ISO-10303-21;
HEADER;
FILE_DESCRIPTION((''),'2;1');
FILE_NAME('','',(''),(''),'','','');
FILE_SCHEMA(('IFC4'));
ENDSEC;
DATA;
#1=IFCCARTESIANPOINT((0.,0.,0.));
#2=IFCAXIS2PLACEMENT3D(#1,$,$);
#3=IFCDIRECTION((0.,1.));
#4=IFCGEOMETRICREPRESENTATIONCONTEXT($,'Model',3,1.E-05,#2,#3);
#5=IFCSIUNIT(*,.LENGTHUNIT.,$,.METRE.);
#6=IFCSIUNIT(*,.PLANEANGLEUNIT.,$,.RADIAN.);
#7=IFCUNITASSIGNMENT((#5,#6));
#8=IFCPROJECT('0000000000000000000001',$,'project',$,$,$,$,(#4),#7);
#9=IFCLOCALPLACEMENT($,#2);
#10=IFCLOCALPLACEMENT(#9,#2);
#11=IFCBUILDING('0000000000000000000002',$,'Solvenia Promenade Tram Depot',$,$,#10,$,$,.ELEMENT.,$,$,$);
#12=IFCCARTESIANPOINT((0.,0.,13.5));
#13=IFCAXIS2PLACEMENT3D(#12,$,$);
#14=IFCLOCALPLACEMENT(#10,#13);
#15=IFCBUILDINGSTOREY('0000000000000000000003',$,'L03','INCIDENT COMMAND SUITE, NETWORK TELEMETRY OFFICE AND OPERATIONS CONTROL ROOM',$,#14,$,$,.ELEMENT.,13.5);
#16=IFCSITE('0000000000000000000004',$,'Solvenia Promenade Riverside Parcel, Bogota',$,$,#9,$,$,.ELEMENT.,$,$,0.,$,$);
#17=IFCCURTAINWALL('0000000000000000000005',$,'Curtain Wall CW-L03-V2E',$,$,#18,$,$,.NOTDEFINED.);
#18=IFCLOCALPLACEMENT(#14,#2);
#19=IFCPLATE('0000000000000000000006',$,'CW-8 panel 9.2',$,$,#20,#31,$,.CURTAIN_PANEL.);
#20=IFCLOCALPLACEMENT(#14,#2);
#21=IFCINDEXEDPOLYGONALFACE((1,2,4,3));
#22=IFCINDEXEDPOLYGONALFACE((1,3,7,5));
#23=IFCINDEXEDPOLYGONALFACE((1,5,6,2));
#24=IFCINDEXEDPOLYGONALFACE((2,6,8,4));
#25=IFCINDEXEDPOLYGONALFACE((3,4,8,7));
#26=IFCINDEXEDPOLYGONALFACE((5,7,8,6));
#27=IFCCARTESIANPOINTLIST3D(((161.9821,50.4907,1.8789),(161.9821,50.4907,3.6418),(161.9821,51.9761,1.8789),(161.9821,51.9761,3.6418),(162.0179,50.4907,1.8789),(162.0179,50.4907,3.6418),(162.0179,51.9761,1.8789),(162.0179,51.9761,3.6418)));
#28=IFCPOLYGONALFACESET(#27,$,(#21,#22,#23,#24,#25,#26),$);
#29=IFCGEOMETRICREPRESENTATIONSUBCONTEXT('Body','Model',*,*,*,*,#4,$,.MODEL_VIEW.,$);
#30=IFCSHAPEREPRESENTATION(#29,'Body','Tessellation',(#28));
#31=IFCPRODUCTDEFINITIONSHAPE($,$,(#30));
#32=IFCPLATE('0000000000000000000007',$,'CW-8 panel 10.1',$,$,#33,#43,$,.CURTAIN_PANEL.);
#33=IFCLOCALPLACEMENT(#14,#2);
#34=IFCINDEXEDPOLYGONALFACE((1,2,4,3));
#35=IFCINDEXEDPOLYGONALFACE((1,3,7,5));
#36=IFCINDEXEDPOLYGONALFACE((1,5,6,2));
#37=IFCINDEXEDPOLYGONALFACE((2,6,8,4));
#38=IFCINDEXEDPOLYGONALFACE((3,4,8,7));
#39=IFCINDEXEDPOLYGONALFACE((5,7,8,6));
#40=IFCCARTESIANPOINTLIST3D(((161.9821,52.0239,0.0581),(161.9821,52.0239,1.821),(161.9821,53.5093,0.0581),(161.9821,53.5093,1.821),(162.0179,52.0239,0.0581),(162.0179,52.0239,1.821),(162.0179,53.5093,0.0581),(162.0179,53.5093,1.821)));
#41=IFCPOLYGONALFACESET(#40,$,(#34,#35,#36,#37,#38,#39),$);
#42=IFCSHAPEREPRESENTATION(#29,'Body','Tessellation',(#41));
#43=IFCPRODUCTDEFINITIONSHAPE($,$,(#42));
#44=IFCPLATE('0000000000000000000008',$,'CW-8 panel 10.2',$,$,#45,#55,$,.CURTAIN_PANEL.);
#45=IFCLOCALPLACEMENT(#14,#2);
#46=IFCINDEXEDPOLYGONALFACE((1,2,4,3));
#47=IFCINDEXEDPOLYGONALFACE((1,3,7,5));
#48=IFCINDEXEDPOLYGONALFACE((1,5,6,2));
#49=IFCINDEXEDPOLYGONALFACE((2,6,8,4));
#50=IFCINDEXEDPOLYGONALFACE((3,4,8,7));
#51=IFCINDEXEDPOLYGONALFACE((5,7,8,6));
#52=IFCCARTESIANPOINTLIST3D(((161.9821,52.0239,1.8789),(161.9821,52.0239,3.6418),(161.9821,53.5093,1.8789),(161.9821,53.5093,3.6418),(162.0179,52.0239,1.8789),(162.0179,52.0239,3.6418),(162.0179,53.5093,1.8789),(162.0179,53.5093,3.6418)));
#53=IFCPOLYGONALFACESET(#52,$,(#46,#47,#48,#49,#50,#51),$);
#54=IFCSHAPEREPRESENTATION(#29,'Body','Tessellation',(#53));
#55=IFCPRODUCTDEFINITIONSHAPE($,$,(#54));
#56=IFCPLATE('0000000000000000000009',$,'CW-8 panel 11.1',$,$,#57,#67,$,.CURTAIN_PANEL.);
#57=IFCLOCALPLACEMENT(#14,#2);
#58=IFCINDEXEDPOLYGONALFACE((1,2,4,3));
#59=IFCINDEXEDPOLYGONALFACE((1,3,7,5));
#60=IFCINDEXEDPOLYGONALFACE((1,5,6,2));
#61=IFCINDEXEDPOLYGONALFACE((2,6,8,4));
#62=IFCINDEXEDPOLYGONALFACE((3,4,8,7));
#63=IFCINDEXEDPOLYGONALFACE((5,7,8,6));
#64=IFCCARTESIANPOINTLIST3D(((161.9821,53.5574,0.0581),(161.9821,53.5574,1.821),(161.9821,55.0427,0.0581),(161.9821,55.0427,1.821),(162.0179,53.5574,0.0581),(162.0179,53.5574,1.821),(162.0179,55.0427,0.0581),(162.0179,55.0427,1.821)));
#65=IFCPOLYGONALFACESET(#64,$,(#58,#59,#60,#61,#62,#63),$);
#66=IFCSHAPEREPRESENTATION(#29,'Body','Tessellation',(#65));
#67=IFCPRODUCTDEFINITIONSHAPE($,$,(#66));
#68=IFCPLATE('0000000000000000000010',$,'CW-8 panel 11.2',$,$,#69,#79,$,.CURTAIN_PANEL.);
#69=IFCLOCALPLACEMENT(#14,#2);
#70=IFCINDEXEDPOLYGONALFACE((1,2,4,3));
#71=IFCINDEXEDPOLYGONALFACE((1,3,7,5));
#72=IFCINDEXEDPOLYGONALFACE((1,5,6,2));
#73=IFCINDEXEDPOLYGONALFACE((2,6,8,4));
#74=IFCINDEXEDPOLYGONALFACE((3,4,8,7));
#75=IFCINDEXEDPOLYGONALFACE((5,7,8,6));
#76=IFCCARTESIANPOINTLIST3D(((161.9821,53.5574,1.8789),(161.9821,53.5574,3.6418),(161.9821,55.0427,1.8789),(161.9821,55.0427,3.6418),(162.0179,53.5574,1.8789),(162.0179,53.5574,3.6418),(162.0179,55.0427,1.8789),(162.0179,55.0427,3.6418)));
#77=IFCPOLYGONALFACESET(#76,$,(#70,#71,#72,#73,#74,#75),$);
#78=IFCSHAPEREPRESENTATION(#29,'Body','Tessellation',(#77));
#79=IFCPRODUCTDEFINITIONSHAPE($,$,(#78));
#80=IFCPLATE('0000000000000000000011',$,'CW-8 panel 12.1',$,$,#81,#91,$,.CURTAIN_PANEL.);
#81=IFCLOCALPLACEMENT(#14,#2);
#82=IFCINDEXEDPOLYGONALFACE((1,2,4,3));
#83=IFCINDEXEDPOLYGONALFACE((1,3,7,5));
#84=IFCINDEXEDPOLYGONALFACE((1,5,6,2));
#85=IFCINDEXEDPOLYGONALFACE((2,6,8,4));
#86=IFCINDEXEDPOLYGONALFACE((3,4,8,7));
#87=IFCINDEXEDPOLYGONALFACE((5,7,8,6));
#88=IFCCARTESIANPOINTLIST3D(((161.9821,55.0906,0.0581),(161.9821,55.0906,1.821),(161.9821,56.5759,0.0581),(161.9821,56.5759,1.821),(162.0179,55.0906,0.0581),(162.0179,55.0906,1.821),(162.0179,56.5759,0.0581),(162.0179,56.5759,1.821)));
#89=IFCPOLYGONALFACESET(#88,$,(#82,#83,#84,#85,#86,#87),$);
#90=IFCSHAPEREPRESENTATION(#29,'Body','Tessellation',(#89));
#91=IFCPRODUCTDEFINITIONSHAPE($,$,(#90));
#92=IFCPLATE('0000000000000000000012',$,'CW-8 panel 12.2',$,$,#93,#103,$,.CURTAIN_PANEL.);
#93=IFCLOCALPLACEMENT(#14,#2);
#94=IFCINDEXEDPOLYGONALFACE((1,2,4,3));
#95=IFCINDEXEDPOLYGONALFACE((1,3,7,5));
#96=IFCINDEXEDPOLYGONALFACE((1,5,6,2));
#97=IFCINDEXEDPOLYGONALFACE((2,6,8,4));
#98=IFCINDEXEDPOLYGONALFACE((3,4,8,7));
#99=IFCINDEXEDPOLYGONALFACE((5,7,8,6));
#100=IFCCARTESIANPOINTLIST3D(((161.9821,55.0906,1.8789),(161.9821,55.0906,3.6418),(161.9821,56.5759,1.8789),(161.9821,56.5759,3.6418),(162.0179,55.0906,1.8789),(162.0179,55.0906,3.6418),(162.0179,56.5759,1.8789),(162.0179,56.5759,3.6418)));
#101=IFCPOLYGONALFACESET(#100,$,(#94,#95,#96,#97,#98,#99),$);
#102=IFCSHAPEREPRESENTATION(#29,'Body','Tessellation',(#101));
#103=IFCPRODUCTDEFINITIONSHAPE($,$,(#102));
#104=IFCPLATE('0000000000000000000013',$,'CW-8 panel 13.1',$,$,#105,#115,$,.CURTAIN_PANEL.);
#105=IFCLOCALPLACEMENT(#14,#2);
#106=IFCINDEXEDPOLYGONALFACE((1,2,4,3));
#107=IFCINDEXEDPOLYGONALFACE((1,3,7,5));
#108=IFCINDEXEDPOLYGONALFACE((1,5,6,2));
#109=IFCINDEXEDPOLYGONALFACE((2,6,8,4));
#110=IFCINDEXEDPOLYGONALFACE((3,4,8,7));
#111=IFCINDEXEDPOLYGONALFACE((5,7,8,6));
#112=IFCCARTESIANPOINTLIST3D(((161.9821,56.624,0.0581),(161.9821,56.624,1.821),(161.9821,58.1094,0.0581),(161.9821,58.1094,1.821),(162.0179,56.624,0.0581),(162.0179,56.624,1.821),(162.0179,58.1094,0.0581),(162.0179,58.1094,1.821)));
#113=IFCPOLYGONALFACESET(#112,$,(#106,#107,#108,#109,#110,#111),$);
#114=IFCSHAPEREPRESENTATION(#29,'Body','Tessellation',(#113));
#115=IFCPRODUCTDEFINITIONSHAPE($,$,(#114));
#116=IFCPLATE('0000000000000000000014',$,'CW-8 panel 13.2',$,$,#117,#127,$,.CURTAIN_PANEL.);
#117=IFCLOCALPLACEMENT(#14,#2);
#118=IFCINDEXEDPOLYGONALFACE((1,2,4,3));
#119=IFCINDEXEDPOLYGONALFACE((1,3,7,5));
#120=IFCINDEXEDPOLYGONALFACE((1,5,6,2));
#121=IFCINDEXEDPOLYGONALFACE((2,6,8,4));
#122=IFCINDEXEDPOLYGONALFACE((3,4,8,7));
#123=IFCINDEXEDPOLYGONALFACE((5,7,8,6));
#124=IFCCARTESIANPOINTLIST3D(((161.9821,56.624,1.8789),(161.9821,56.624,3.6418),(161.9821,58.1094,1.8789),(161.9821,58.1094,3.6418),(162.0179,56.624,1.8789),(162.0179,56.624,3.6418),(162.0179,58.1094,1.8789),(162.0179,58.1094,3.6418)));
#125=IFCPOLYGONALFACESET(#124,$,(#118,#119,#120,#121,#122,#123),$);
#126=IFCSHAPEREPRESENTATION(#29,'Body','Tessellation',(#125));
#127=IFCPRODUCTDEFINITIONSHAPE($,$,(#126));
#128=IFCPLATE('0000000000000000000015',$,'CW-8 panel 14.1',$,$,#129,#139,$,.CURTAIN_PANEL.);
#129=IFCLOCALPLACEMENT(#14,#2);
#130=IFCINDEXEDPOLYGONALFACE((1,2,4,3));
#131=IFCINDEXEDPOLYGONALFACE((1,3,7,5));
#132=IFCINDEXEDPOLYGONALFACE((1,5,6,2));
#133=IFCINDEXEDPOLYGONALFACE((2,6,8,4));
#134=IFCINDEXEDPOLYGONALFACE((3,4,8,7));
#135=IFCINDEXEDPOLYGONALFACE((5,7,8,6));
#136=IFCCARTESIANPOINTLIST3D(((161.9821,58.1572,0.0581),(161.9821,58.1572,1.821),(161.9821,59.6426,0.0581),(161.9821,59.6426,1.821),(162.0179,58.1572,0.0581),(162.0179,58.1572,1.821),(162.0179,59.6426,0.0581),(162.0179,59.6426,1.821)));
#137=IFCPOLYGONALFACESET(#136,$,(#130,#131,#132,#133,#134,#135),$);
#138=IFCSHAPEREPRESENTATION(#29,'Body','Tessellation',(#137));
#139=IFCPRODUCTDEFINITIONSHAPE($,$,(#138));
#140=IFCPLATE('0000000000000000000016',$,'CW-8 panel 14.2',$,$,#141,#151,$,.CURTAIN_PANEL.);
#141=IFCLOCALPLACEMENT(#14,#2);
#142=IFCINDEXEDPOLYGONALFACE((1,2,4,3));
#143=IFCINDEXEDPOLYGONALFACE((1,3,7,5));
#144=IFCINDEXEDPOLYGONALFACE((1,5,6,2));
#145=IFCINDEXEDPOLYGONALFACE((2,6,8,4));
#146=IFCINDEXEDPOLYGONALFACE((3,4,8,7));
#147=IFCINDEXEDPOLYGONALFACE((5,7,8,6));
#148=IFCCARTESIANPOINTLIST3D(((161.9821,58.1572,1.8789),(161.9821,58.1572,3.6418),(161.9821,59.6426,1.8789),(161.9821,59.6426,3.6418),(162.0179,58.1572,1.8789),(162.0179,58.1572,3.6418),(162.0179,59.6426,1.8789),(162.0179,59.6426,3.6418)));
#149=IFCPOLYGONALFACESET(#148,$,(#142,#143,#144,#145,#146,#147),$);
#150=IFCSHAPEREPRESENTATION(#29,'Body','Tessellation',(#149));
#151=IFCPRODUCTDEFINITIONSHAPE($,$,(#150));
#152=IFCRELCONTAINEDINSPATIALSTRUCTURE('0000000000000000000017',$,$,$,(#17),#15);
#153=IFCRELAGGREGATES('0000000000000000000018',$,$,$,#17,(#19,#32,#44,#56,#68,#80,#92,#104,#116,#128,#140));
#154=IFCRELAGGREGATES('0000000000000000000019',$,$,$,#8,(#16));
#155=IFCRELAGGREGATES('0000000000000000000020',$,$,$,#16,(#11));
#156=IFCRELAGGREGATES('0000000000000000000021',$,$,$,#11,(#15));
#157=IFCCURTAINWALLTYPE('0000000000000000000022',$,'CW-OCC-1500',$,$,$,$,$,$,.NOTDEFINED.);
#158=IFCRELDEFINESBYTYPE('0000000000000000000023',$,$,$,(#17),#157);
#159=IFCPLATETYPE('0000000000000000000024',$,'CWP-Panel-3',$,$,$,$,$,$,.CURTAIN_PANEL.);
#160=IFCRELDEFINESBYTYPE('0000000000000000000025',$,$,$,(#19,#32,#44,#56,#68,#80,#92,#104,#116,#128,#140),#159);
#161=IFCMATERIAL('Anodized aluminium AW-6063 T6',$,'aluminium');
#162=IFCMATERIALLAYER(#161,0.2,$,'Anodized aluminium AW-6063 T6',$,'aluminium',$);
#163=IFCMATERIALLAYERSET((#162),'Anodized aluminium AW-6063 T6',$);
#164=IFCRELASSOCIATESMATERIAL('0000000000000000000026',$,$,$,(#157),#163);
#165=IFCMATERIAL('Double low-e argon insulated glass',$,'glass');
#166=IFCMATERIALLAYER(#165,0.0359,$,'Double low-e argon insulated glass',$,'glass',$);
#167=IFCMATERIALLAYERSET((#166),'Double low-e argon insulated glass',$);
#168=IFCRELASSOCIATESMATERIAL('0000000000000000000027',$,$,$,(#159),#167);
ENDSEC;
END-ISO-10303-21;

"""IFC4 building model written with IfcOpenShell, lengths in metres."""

from ifc_helpers import new_model, si_unit, direction, frame, origin, origin_2d, place, context, subcontext, project, spatial, rectangle, extrude, material, layer, layer_set, type_object, element, aggregate, save


model = new_model("IFC4")

# Units and contexts
model_context = context("Model", 3, precision=1e-05, world=origin(), true_north=direction((0.0, 1.0)))
body_context = subcontext(model_context, "Body", "Model", "MODEL_VIEW")
ifc_project = project(units=[si_unit("LENGTHUNIT", "METRE"), si_unit("PLANEANGLEUNIT", "RADIAN")], contexts=[model_context])

# Site, building, storey
site_placement = place(None, origin())
site = spatial("IfcSite", under=ifc_project, at=site_placement, Name="Solvenia Promenade Riverside Parcel, Bogota", CompositionType="ELEMENT", RefElevation=0.0)
building_placement = place(site_placement, origin())
building = spatial("IfcBuilding", under=site, at=building_placement, Name="Solvenia Promenade Tram Depot", CompositionType="ELEMENT")
storey_placement = place(building_placement, frame((0.0, 0.0, 13.5)))
storey = spatial("IfcBuildingStorey", under=building, at=storey_placement, Name="L03", Description="INCIDENT COMMAND SUITE, NETWORK TELEMETRY OFFICE AND OPERATIONS CONTROL ROOM", CompositionType="ELEMENT", Elevation=13.5)

# Curtain wall
ifc_material_1 = material(Name="Anodized aluminium AW-6063 T6", Category="aluminium")
ifc_layer_1 = layer(ifc_material_1, 0.2, Name="Anodized aluminium AW-6063 T6", Category="aluminium")
ifc_layer_set_1 = layer_set([ifc_layer_1], Name="Anodized aluminium AW-6063 T6")
curtain_wall_type = type_object("IfcCurtainWallType", Name="CW-OCC-1500", PredefinedType="NOTDEFINED", material=ifc_layer_set_1)
curtain_wall_placement = place(storey_placement, origin())
curtain_wall = element("IfcCurtainWall", 1, at=curtain_wall_placement, inside=storey, type_object=curtain_wall_type, Name="Curtain Wall CW-L03-V2E", PredefinedType="NOTDEFINED")

# Plates
ifc_material_2 = material(Name="Double low-e argon insulated glass", Category="glass")
ifc_layer_2 = layer(ifc_material_2, 0.0359, Name="Double low-e argon insulated glass", Category="glass")
ifc_layer_set_2 = layer_set([ifc_layer_2], Name="Double low-e argon insulated glass")
plate_type = type_object("IfcPlateType", Name="CWP-Panel-3", PredefinedType="CURTAIN_PANEL", material=ifc_layer_set_2)
plate_1_placement = place(storey_placement, frame((162.0, 51.2334, 1.8789), z_axis=(0.0, 0.0, 1.0), x_axis=(0.0, 1.0, 0.0)))
plate_1 = element("IfcPlate", 2, at=plate_1_placement, type_object=plate_type, Name="CW-8 panel 9.2", PredefinedType="CURTAIN_PANEL", context=body_context, shape_type="SweptSolid", body=[
    extrude(rectangle(XDim=1.4854, YDim=0.0359, at=origin_2d()), origin(), (0.0, 0.0, 1.0), 1.7629),
])
plate_2_placement = place(storey_placement, frame((162.0, 52.7666, 0.0581), z_axis=(0.0, 0.0, 1.0), x_axis=(0.0, 1.0, 0.0)))
plate_2 = element("IfcPlate", 3, at=plate_2_placement, type_object=plate_type, Name="CW-8 panel 10.1", PredefinedType="CURTAIN_PANEL", context=body_context, shape_type="SweptSolid", body=[
    extrude(rectangle(XDim=1.4854, YDim=0.0359, at=origin_2d()), origin(), (0.0, 0.0, 1.0), 1.7629),
])
plate_3_placement = place(storey_placement, frame((162.0, 52.7666, 1.8789), z_axis=(0.0, 0.0, 1.0), x_axis=(0.0, 1.0, 0.0)))
plate_3 = element("IfcPlate", 4, at=plate_3_placement, type_object=plate_type, Name="CW-8 panel 10.2", PredefinedType="CURTAIN_PANEL", context=body_context, shape_type="SweptSolid", body=[
    extrude(rectangle(XDim=1.4854, YDim=0.0359, at=origin_2d()), origin(), (0.0, 0.0, 1.0), 1.7629),
])
plate_4_placement = place(storey_placement, frame((162.0, 54.3, 0.0581), z_axis=(0.0, 0.0, 1.0), x_axis=(0.0, 1.0, 0.0)))
plate_4 = element("IfcPlate", 5, at=plate_4_placement, type_object=plate_type, Name="CW-8 panel 11.1", PredefinedType="CURTAIN_PANEL", context=body_context, shape_type="SweptSolid", body=[
    extrude(rectangle(XDim=1.4854, YDim=0.0359, at=origin_2d()), origin(), (0.0, 0.0, 1.0), 1.7629),
])
plate_5_placement = place(storey_placement, frame((162.0, 54.3, 1.8789), z_axis=(0.0, 0.0, 1.0), x_axis=(0.0, 1.0, 0.0)))
plate_5 = element("IfcPlate", 6, at=plate_5_placement, type_object=plate_type, Name="CW-8 panel 11.2", PredefinedType="CURTAIN_PANEL", context=body_context, shape_type="SweptSolid", body=[
    extrude(rectangle(XDim=1.4854, YDim=0.0359, at=origin_2d()), origin(), (0.0, 0.0, 1.0), 1.7629),
])
plate_6_placement = place(storey_placement, frame((162.0, 55.8333, 0.0581), z_axis=(0.0, 0.0, 1.0), x_axis=(0.0, 1.0, 0.0)))
plate_6 = element("IfcPlate", 7, at=plate_6_placement, type_object=plate_type, Name="CW-8 panel 12.1", PredefinedType="CURTAIN_PANEL", context=body_context, shape_type="SweptSolid", body=[
    extrude(rectangle(XDim=1.4854, YDim=0.0359, at=origin_2d()), origin(), (0.0, 0.0, 1.0), 1.7629),
])
plate_7_placement = place(storey_placement, frame((162.0, 55.8333, 1.8789), z_axis=(0.0, 0.0, 1.0), x_axis=(0.0, 1.0, 0.0)))
plate_7 = element("IfcPlate", 8, at=plate_7_placement, type_object=plate_type, Name="CW-8 panel 12.2", PredefinedType="CURTAIN_PANEL", context=body_context, shape_type="SweptSolid", body=[
    extrude(rectangle(XDim=1.4854, YDim=0.0359, at=origin_2d()), origin(), (0.0, 0.0, 1.0), 1.7629),
])
plate_8_placement = place(storey_placement, frame((162.0, 57.3667, 0.0581), z_axis=(0.0, 0.0, 1.0), x_axis=(0.0, 1.0, 0.0)))
plate_8 = element("IfcPlate", 9, at=plate_8_placement, type_object=plate_type, Name="CW-8 panel 13.1", PredefinedType="CURTAIN_PANEL", context=body_context, shape_type="SweptSolid", body=[
    extrude(rectangle(XDim=1.4854, YDim=0.0359, at=origin_2d()), origin(), (0.0, 0.0, 1.0), 1.7629),
])
plate_9_placement = place(storey_placement, frame((162.0, 57.3667, 1.8789), z_axis=(0.0, 0.0, 1.0), x_axis=(0.0, 1.0, 0.0)))
plate_9 = element("IfcPlate", 10, at=plate_9_placement, type_object=plate_type, Name="CW-8 panel 13.2", PredefinedType="CURTAIN_PANEL", context=body_context, shape_type="SweptSolid", body=[
    extrude(rectangle(XDim=1.4854, YDim=0.0359, at=origin_2d()), origin(), (0.0, 0.0, 1.0), 1.7629),
])
plate_10_placement = place(storey_placement, frame((162.0, 58.8999, 0.0581), z_axis=(0.0, 0.0, 1.0), x_axis=(0.0, 1.0, 0.0)))
plate_10 = element("IfcPlate", 11, at=plate_10_placement, type_object=plate_type, Name="CW-8 panel 14.1", PredefinedType="CURTAIN_PANEL", context=body_context, shape_type="SweptSolid", body=[
    extrude(rectangle(XDim=1.4854, YDim=0.0359, at=origin_2d()), origin(), (0.0, 0.0, 1.0), 1.7629),
])
plate_11_placement = place(storey_placement, frame((162.0, 58.8999, 1.8789), z_axis=(0.0, 0.0, 1.0), x_axis=(0.0, 1.0, 0.0)))
plate_11 = element("IfcPlate", 12, at=plate_11_placement, type_object=plate_type, Name="CW-8 panel 14.2", PredefinedType="CURTAIN_PANEL", context=body_context, shape_type="SweptSolid", body=[
    extrude(rectangle(XDim=1.4854, YDim=0.0359, at=origin_2d()), origin(), (0.0, 0.0, 1.0), 1.7629),
])
aggregate(curtain_wall, [plate_1, plate_2, plate_3, plate_4, plate_5, plate_6, plate_7, plate_8, plate_9, plate_10, plate_11])

save(model, "model.ifc")
